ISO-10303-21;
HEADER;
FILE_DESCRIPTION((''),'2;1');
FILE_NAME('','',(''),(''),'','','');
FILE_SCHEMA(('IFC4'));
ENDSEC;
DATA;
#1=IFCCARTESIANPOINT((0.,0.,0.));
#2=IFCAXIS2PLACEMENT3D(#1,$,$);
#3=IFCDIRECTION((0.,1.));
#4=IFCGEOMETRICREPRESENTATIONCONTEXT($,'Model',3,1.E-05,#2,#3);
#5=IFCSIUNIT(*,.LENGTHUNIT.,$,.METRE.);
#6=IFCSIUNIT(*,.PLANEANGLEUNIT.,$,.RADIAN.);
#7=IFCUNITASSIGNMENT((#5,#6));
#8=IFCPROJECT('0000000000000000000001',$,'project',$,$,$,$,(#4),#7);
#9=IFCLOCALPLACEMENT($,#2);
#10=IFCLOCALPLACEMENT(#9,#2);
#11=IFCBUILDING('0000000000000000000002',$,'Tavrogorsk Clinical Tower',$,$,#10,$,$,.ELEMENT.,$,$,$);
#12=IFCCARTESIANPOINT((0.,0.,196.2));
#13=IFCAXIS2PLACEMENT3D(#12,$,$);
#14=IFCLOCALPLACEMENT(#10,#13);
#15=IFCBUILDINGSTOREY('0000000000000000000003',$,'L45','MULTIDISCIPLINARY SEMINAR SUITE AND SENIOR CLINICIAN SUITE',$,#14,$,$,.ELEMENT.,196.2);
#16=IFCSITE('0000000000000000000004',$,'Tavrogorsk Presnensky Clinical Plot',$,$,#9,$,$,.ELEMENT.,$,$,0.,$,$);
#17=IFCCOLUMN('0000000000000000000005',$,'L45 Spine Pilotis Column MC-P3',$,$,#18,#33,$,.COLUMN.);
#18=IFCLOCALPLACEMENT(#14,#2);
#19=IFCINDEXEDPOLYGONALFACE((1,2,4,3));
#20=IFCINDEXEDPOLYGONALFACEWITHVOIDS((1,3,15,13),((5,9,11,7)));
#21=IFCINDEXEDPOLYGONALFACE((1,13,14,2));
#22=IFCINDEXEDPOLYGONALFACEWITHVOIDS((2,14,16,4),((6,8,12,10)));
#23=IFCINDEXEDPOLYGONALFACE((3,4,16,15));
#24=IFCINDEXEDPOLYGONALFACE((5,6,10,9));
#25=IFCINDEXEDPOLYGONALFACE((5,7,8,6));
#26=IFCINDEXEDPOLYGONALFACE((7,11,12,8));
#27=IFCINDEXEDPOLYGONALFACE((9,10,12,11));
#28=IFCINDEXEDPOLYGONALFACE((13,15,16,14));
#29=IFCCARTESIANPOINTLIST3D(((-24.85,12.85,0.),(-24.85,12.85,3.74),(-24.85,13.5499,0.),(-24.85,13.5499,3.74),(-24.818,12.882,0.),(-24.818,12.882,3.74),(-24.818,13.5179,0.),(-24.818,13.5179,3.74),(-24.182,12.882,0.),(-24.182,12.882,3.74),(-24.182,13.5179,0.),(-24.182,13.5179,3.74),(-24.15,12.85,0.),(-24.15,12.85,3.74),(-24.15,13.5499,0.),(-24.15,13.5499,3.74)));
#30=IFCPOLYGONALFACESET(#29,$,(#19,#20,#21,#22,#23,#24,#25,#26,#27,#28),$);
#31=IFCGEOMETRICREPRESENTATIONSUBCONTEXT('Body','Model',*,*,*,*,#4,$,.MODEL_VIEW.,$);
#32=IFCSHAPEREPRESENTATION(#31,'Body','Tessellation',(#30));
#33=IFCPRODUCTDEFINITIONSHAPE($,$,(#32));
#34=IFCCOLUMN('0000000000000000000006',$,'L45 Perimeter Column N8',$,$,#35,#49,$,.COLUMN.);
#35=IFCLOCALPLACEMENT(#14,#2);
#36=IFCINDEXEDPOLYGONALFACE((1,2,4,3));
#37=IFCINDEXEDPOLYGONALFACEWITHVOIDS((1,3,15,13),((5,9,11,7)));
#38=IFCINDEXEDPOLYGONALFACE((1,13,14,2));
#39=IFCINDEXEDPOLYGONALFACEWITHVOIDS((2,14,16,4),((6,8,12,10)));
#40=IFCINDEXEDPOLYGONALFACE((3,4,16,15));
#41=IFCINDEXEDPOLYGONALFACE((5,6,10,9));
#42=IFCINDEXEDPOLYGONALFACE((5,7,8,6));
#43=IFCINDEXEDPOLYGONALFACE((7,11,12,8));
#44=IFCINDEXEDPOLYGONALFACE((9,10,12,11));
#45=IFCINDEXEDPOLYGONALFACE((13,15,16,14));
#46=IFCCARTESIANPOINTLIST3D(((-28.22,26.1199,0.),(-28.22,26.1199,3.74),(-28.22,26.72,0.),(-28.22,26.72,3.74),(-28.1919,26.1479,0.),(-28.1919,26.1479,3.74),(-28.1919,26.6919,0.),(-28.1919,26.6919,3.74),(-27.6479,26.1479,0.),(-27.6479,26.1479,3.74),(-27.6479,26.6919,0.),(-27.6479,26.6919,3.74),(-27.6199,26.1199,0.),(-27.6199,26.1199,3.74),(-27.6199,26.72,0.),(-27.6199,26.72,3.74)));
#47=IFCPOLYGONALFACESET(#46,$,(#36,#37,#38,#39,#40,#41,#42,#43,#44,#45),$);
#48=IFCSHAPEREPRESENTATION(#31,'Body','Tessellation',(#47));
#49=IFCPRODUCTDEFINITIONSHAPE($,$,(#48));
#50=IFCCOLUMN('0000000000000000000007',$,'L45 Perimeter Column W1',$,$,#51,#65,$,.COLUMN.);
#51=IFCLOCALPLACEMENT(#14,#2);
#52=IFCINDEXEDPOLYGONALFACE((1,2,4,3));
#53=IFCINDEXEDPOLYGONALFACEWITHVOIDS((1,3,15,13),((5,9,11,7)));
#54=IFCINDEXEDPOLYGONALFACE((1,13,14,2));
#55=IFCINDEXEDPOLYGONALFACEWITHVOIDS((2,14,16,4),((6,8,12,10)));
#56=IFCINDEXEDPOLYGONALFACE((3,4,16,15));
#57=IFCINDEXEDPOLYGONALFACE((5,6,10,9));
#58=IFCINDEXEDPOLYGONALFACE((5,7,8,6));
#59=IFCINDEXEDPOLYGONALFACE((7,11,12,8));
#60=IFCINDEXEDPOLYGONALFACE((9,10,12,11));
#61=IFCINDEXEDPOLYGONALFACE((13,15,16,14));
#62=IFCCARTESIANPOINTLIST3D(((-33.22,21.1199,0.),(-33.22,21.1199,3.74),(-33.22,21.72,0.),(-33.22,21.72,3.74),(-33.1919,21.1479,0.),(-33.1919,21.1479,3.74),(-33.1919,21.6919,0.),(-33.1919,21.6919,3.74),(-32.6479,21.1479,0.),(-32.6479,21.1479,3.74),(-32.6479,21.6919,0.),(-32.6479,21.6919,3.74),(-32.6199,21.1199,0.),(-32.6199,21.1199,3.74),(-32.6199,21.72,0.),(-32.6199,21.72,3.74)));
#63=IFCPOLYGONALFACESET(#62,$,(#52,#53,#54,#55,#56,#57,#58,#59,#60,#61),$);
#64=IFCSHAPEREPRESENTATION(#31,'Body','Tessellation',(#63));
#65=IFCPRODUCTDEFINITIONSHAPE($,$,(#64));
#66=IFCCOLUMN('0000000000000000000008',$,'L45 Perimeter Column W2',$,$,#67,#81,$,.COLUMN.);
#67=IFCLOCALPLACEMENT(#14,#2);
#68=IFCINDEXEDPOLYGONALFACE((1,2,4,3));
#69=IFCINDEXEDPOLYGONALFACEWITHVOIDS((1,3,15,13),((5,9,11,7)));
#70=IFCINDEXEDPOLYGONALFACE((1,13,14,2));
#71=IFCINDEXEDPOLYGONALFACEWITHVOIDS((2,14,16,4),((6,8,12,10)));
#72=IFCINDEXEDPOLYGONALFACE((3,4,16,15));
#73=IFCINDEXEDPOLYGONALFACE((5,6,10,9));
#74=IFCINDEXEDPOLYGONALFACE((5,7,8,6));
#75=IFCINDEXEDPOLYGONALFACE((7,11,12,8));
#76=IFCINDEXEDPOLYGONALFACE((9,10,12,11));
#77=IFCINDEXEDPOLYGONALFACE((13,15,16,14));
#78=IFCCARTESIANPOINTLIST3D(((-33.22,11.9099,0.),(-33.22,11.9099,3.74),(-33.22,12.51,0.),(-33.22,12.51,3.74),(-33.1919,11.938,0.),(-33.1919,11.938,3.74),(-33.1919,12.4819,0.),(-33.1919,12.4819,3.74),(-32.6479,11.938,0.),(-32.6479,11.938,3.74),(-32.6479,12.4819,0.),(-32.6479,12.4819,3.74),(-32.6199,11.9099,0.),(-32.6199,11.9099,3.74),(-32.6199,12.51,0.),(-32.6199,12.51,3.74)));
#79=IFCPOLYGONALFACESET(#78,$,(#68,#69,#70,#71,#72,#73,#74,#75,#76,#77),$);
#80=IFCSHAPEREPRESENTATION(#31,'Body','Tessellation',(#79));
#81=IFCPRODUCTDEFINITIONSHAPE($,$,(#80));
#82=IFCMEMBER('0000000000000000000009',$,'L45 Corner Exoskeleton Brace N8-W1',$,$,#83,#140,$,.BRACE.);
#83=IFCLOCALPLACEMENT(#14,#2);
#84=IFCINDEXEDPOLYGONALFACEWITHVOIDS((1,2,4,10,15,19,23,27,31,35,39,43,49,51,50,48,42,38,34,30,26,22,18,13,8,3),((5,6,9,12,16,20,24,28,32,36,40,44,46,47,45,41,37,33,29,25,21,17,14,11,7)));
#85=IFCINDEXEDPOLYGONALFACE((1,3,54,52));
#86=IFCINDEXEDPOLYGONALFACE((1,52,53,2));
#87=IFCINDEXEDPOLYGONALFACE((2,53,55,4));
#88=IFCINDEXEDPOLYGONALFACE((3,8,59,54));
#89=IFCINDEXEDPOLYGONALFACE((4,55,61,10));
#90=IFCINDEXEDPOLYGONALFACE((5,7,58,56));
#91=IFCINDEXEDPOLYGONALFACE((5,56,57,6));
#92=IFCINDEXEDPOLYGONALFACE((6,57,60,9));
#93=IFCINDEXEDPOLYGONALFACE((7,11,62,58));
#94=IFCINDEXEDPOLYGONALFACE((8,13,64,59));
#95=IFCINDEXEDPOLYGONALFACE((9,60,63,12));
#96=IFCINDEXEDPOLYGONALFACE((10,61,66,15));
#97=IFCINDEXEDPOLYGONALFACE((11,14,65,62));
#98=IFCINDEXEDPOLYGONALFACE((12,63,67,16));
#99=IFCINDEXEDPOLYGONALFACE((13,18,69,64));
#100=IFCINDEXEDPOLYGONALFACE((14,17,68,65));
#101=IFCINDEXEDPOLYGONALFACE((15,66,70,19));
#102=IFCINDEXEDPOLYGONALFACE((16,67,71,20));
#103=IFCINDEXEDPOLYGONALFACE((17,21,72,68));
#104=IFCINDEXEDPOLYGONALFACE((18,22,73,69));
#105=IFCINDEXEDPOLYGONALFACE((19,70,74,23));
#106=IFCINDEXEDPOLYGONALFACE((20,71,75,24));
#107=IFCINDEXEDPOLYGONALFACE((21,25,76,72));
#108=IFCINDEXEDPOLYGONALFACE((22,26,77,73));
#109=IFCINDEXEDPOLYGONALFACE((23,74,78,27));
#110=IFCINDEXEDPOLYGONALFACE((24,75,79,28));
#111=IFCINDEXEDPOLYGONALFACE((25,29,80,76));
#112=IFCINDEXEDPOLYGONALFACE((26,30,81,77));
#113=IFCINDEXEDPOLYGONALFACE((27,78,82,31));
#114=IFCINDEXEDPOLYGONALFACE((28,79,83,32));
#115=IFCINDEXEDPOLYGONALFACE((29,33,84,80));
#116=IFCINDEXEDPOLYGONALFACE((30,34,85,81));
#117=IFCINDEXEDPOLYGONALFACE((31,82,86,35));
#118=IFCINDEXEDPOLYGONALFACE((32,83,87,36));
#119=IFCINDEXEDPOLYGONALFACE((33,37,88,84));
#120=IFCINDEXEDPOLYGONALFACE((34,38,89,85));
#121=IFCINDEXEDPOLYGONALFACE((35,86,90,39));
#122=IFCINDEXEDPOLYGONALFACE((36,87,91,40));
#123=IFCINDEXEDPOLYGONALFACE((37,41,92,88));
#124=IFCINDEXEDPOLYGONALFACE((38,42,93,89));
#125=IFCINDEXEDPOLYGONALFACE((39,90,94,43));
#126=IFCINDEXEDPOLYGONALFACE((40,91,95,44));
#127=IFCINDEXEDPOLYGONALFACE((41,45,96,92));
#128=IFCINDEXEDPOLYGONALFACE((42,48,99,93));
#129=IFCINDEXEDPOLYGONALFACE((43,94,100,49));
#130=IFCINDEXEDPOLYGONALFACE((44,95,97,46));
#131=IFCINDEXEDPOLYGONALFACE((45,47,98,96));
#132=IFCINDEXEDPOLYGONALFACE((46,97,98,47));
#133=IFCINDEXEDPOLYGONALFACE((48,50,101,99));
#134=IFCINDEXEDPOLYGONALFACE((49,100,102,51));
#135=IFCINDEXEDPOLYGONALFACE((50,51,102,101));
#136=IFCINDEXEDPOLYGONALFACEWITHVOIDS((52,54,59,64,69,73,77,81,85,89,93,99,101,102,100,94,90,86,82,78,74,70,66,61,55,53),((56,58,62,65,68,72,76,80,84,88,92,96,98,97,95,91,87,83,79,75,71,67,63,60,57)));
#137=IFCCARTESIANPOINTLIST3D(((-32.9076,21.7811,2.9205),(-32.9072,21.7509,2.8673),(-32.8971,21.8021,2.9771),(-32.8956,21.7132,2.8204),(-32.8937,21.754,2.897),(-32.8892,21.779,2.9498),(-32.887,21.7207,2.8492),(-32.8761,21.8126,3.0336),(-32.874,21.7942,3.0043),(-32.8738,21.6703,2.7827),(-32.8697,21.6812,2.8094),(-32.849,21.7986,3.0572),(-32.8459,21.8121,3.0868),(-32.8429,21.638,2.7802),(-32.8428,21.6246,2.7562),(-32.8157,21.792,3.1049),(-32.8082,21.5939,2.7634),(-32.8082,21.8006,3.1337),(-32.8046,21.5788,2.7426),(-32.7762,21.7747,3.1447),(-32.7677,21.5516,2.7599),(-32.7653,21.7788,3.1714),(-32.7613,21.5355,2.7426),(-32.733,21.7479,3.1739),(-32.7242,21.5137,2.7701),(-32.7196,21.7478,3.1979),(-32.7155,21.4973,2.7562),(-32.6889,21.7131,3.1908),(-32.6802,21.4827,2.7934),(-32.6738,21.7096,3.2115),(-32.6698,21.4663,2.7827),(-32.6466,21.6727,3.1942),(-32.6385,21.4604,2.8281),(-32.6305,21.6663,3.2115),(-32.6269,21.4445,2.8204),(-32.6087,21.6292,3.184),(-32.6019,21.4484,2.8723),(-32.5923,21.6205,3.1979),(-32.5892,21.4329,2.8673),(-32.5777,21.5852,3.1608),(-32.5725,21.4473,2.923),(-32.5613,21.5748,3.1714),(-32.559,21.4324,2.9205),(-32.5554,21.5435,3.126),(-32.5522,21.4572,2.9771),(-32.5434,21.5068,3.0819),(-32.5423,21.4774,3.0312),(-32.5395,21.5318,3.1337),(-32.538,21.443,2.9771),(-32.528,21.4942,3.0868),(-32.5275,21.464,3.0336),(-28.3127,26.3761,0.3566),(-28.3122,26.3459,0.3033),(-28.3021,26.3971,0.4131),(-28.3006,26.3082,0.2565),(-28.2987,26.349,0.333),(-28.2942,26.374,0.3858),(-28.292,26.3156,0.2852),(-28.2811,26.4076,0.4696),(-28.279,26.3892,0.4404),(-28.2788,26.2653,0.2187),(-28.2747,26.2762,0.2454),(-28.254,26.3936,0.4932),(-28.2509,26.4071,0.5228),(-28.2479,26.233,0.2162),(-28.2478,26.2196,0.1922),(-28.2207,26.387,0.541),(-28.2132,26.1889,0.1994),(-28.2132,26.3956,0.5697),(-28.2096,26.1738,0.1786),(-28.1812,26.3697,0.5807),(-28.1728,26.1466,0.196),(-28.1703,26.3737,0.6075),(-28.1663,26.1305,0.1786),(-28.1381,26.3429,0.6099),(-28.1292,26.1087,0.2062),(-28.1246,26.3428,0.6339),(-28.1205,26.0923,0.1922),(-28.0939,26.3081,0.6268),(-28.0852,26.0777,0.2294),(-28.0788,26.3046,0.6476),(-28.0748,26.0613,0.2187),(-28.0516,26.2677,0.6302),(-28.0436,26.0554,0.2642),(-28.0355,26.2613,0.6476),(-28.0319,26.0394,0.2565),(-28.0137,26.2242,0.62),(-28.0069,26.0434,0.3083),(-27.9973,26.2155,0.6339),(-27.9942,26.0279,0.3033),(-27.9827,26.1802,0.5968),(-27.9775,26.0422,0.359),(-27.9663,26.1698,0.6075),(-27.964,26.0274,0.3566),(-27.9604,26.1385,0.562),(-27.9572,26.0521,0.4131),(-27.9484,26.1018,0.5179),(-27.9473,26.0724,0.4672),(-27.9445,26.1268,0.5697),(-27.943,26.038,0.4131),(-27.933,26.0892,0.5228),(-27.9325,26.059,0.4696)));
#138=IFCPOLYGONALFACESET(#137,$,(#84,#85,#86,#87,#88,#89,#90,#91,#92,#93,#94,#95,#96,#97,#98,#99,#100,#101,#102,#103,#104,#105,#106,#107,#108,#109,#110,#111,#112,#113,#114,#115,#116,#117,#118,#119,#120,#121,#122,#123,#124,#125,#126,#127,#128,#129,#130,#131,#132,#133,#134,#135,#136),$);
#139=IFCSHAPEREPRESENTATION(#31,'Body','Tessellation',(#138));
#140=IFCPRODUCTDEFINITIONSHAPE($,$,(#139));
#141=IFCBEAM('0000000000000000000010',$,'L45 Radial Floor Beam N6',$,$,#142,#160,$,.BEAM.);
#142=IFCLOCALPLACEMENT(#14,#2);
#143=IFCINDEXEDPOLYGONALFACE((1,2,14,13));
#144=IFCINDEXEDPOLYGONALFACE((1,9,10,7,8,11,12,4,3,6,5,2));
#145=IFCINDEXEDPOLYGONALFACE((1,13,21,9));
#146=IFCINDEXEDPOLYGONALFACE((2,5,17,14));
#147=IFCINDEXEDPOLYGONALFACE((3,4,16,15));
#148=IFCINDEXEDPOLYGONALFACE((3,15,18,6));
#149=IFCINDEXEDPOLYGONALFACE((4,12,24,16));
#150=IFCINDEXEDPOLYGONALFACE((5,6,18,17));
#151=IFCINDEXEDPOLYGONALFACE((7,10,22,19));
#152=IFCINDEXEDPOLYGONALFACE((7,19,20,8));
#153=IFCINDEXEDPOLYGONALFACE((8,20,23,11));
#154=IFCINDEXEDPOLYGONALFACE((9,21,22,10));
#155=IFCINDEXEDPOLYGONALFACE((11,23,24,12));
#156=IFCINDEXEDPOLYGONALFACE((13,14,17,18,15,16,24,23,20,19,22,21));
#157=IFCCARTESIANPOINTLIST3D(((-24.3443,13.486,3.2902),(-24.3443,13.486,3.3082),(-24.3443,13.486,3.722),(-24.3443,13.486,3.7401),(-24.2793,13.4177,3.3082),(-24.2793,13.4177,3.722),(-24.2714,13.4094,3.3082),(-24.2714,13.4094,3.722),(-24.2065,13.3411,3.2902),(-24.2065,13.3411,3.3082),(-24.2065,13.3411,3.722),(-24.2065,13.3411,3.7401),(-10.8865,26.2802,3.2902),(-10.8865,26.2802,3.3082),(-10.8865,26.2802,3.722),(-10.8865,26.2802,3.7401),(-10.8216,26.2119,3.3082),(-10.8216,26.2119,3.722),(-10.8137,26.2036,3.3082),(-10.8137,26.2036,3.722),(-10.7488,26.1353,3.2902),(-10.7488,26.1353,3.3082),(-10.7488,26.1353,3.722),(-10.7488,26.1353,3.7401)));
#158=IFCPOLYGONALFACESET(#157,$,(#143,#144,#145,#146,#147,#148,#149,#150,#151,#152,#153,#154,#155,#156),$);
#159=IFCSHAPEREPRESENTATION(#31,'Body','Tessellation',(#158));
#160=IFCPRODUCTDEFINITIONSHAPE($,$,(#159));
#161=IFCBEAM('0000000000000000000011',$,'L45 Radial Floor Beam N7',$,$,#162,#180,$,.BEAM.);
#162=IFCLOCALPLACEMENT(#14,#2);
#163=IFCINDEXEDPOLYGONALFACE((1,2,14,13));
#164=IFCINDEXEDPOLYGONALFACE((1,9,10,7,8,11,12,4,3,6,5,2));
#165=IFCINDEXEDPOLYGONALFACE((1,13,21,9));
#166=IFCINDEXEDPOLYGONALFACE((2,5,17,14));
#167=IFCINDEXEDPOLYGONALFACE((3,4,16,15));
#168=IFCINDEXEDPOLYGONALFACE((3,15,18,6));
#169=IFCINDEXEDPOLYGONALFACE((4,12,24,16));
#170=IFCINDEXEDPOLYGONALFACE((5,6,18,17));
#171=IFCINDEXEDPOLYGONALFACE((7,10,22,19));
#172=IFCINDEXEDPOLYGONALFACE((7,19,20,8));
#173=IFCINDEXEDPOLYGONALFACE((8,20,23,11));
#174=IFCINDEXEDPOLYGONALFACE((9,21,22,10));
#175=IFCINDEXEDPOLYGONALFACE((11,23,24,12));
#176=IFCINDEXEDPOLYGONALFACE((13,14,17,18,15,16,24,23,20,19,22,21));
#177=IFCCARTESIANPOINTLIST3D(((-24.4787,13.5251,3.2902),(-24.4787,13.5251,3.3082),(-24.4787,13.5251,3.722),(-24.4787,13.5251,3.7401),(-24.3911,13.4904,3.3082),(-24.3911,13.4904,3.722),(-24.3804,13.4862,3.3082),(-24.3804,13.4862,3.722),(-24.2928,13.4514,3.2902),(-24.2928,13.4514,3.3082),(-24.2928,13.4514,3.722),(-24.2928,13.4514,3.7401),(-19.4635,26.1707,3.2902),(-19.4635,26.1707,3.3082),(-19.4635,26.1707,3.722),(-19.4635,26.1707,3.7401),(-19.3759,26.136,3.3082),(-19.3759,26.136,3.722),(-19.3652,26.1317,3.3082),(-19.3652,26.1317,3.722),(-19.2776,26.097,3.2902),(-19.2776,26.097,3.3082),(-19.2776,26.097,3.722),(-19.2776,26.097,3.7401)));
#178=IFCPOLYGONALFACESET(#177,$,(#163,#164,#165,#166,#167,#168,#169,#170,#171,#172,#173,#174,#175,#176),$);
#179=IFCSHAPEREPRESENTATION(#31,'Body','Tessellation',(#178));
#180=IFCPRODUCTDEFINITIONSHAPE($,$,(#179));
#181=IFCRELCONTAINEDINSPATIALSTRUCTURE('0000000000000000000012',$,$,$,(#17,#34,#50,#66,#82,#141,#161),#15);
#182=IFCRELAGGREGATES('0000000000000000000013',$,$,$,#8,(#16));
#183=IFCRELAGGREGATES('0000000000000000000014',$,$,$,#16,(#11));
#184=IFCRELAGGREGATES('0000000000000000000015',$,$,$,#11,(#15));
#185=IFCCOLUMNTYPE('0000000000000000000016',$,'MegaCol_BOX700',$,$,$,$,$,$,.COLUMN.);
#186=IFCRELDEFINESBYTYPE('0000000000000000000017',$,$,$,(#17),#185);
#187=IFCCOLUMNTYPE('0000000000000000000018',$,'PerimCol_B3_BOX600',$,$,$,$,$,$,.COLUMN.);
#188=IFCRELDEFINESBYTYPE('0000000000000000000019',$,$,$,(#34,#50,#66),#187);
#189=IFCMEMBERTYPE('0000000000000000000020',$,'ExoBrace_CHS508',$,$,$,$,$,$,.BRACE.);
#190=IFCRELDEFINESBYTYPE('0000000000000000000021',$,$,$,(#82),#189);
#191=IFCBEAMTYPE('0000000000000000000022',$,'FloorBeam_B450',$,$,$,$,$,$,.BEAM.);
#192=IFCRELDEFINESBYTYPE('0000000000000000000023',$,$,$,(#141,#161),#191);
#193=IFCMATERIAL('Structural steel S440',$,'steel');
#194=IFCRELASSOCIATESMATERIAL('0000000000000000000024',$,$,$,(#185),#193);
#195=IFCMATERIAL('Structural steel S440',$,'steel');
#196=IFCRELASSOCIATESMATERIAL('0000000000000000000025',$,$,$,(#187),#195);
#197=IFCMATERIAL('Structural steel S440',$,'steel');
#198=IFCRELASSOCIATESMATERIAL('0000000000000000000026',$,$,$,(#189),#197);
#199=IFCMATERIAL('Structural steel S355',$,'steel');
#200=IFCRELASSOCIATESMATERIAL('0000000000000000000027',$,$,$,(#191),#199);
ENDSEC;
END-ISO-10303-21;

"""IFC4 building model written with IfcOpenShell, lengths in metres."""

from ifc_helpers import new_model, si_unit, direction, frame, origin, origin_2d, place, context, subcontext, project, spatial, hollow_rectangle, hollow_circle, i_section, extrude, material, material_profile, profile_set, type_object, element, save


model = new_model("IFC4")

# Units and contexts
model_context = context("Model", 3, precision=1e-05, world=origin(), true_north=direction((0.0, 1.0)))
body_context = subcontext(model_context, "Body", "Model", "MODEL_VIEW")
ifc_project = project(units=[si_unit("LENGTHUNIT", "METRE"), si_unit("PLANEANGLEUNIT", "RADIAN")], contexts=[model_context])

# Site, building, storey
site_placement = place(None, origin())
site = spatial("IfcSite", under=ifc_project, at=site_placement, Name="Tavrogorsk Presnensky Clinical Plot", CompositionType="ELEMENT", RefElevation=0.0)
building_placement = place(site_placement, origin())
building = spatial("IfcBuilding", under=site, at=building_placement, Name="Tavrogorsk Clinical Tower", CompositionType="ELEMENT")
storey_placement = place(building_placement, frame((0.0, 0.0, 196.2)))
storey = spatial("IfcBuildingStorey", under=building, at=storey_placement, Name="L45", Description="MULTIDISCIPLINARY SEMINAR SUITE AND SENIOR CLINICIAN SUITE", CompositionType="ELEMENT", Elevation=196.2)

# Columns
ifc_material_1 = material(Name="Structural steel S440", Category="steel")
ifc_material_profile_1 = material_profile(ifc_material_1, hollow_rectangle(XDim=0.7, YDim=0.7, WallThickness=0.032, at=origin_2d()), Name="BOX-700x700x32")
ifc_profile_set_1 = profile_set([ifc_material_profile_1], Name="Structural steel S440")
column_type_1 = type_object("IfcColumnType", Name="MegaCol_BOX700", PredefinedType="COLUMN", material=ifc_profile_set_1)
column_placement = place(storey_placement, frame((-24.5, 13.2, 0.0), z_axis=(0.0, 0.0, 1.0), x_axis=(1.0, 0.0, 0.0)))
element("IfcColumn", 1, at=column_placement, inside=storey, type_object=column_type_1, Name="L45 Spine Pilotis Column MC-P3", PredefinedType="COLUMN", context=body_context, shape_type="SweptSolid", body=[
    extrude(hollow_rectangle(XDim=0.7, YDim=0.7, WallThickness=0.032, at=origin_2d()), origin(), (0.0, 0.0, 1.0), 3.74),
])
ifc_material_2 = material(Name="Structural steel S440", Category="steel")
ifc_material_profile_2 = material_profile(ifc_material_2, hollow_rectangle(XDim=0.6001, YDim=0.6001, WallThickness=0.0281, at=origin_2d()), Name="BOX-600x600x28")
ifc_profile_set_2 = profile_set([ifc_material_profile_2], Name="Structural steel S440")
column_type_2 = type_object("IfcColumnType", Name="PerimCol_B3_BOX600", PredefinedType="COLUMN", material=ifc_profile_set_2)
for number, where, z_axis, x_axis, name in (
    (2, (-27.9199, 26.4199, 0.0), (0.0, 0.0, 1.0), (1.0, 0.0, 0.0), "L45 Perimeter Column N8"),
    (3, (-32.9199, 21.4199, 0.0), (0.0, 0.0, 1.0), (1.0, 0.0, 0.0), "L45 Perimeter Column W1"),
    (4, (-32.9199, 12.21, 0.0), (0.0, 0.0, 1.0), (1.0, 0.0, 0.0), "L45 Perimeter Column W2"),
):
    element("IfcColumn", number, at=place(storey_placement, frame(where, z_axis=z_axis, x_axis=x_axis)), inside=storey, type_object=column_type_2, Name=name, PredefinedType="COLUMN", context=body_context, shape_type="SweptSolid", body=[
        extrude(hollow_rectangle(XDim=0.6001, YDim=0.6001, WallThickness=0.0281, at=origin_2d()), origin(), (0.0, 0.0, 1.0), 3.74),
    ])

# Member
ifc_material_3 = material(Name="Structural steel S440", Category="steel")
ifc_material_profile_3 = material_profile(ifc_material_3, hollow_circle(Radius=0.2539, WallThickness=0.02, at=origin_2d()), Name="CHS-508x20")
ifc_profile_set_3 = profile_set([ifc_material_profile_3], Name="Structural steel S440")
member_type = type_object("IfcMemberType", Name="ExoBrace_CHS508", PredefinedType="BRACE", material=ifc_profile_set_3)
member_placement = place(storey_placement, frame((-28.1226, 26.2175, 0.4131), z_axis=(-0.657759, -0.657759, 0.367025), x_axis=(0.707107, -0.707107, 0.0)))
element("IfcMember", 5, at=member_placement, inside=storey, type_object=member_type, Name="L45 Corner Exoskeleton Brace N8-W1", PredefinedType="BRACE", context=body_context, shape_type="SweptSolid", body=[
    extrude(hollow_circle(Radius=0.2539, WallThickness=0.02, at=origin_2d()), origin(), (0.0, 0.0, 1.0), 6.9858),
])

# Beams
ifc_material_4 = material(Name="Structural steel S355", Category="steel")
ifc_material_profile_4 = material_profile(ifc_material_4, i_section(OverallWidth=0.2, OverallDepth=0.45, WebThickness=0.0115, FlangeThickness=0.0181, at=origin_2d()), Name="B-450x200x11.5x18")
ifc_profile_set_4 = profile_set([ifc_material_profile_4], Name="Structural steel S355")
beam_type_1 = type_object("IfcBeamType", Name="FloorBeam_B450", PredefinedType="BEAM", material=ifc_profile_set_4)
beam_1_placement = place(storey_placement, frame((-24.2754, 13.4136, 3.5151), z_axis=(0.724749, 0.689013, 0.0), x_axis=(-0.689013, 0.724749, 0.0)))
element("IfcBeam", 6, at=beam_1_placement, inside=storey, type_object=beam_type_1, Name="L45 Radial Floor Beam N6", PredefinedType="BEAM", context=body_context, shape_type="SweptSolid", body=[
    extrude(i_section(OverallWidth=0.2, OverallDepth=0.45, WebThickness=0.0115, FlangeThickness=0.0181, at=origin_2d()), origin(), (0.0, 0.0, 1.0), 18.5688),
])
beam_2_placement = place(storey_placement, frame((-24.3857, 13.4883, 3.5151), z_axis=(0.36866, 0.929564, 0.0), x_axis=(-0.929564, 0.36866, 0.0)))
element("IfcBeam", 7, at=beam_2_placement, inside=storey, type_object=beam_type_1, Name="L45 Radial Floor Beam N7", PredefinedType="BEAM", context=body_context, shape_type="SweptSolid", body=[
    extrude(i_section(OverallWidth=0.2, OverallDepth=0.45, WebThickness=0.0115, FlangeThickness=0.0181, at=origin_2d()), origin(), (0.0, 0.0, 1.0), 13.6038),
])

save(model, "model.ifc")
